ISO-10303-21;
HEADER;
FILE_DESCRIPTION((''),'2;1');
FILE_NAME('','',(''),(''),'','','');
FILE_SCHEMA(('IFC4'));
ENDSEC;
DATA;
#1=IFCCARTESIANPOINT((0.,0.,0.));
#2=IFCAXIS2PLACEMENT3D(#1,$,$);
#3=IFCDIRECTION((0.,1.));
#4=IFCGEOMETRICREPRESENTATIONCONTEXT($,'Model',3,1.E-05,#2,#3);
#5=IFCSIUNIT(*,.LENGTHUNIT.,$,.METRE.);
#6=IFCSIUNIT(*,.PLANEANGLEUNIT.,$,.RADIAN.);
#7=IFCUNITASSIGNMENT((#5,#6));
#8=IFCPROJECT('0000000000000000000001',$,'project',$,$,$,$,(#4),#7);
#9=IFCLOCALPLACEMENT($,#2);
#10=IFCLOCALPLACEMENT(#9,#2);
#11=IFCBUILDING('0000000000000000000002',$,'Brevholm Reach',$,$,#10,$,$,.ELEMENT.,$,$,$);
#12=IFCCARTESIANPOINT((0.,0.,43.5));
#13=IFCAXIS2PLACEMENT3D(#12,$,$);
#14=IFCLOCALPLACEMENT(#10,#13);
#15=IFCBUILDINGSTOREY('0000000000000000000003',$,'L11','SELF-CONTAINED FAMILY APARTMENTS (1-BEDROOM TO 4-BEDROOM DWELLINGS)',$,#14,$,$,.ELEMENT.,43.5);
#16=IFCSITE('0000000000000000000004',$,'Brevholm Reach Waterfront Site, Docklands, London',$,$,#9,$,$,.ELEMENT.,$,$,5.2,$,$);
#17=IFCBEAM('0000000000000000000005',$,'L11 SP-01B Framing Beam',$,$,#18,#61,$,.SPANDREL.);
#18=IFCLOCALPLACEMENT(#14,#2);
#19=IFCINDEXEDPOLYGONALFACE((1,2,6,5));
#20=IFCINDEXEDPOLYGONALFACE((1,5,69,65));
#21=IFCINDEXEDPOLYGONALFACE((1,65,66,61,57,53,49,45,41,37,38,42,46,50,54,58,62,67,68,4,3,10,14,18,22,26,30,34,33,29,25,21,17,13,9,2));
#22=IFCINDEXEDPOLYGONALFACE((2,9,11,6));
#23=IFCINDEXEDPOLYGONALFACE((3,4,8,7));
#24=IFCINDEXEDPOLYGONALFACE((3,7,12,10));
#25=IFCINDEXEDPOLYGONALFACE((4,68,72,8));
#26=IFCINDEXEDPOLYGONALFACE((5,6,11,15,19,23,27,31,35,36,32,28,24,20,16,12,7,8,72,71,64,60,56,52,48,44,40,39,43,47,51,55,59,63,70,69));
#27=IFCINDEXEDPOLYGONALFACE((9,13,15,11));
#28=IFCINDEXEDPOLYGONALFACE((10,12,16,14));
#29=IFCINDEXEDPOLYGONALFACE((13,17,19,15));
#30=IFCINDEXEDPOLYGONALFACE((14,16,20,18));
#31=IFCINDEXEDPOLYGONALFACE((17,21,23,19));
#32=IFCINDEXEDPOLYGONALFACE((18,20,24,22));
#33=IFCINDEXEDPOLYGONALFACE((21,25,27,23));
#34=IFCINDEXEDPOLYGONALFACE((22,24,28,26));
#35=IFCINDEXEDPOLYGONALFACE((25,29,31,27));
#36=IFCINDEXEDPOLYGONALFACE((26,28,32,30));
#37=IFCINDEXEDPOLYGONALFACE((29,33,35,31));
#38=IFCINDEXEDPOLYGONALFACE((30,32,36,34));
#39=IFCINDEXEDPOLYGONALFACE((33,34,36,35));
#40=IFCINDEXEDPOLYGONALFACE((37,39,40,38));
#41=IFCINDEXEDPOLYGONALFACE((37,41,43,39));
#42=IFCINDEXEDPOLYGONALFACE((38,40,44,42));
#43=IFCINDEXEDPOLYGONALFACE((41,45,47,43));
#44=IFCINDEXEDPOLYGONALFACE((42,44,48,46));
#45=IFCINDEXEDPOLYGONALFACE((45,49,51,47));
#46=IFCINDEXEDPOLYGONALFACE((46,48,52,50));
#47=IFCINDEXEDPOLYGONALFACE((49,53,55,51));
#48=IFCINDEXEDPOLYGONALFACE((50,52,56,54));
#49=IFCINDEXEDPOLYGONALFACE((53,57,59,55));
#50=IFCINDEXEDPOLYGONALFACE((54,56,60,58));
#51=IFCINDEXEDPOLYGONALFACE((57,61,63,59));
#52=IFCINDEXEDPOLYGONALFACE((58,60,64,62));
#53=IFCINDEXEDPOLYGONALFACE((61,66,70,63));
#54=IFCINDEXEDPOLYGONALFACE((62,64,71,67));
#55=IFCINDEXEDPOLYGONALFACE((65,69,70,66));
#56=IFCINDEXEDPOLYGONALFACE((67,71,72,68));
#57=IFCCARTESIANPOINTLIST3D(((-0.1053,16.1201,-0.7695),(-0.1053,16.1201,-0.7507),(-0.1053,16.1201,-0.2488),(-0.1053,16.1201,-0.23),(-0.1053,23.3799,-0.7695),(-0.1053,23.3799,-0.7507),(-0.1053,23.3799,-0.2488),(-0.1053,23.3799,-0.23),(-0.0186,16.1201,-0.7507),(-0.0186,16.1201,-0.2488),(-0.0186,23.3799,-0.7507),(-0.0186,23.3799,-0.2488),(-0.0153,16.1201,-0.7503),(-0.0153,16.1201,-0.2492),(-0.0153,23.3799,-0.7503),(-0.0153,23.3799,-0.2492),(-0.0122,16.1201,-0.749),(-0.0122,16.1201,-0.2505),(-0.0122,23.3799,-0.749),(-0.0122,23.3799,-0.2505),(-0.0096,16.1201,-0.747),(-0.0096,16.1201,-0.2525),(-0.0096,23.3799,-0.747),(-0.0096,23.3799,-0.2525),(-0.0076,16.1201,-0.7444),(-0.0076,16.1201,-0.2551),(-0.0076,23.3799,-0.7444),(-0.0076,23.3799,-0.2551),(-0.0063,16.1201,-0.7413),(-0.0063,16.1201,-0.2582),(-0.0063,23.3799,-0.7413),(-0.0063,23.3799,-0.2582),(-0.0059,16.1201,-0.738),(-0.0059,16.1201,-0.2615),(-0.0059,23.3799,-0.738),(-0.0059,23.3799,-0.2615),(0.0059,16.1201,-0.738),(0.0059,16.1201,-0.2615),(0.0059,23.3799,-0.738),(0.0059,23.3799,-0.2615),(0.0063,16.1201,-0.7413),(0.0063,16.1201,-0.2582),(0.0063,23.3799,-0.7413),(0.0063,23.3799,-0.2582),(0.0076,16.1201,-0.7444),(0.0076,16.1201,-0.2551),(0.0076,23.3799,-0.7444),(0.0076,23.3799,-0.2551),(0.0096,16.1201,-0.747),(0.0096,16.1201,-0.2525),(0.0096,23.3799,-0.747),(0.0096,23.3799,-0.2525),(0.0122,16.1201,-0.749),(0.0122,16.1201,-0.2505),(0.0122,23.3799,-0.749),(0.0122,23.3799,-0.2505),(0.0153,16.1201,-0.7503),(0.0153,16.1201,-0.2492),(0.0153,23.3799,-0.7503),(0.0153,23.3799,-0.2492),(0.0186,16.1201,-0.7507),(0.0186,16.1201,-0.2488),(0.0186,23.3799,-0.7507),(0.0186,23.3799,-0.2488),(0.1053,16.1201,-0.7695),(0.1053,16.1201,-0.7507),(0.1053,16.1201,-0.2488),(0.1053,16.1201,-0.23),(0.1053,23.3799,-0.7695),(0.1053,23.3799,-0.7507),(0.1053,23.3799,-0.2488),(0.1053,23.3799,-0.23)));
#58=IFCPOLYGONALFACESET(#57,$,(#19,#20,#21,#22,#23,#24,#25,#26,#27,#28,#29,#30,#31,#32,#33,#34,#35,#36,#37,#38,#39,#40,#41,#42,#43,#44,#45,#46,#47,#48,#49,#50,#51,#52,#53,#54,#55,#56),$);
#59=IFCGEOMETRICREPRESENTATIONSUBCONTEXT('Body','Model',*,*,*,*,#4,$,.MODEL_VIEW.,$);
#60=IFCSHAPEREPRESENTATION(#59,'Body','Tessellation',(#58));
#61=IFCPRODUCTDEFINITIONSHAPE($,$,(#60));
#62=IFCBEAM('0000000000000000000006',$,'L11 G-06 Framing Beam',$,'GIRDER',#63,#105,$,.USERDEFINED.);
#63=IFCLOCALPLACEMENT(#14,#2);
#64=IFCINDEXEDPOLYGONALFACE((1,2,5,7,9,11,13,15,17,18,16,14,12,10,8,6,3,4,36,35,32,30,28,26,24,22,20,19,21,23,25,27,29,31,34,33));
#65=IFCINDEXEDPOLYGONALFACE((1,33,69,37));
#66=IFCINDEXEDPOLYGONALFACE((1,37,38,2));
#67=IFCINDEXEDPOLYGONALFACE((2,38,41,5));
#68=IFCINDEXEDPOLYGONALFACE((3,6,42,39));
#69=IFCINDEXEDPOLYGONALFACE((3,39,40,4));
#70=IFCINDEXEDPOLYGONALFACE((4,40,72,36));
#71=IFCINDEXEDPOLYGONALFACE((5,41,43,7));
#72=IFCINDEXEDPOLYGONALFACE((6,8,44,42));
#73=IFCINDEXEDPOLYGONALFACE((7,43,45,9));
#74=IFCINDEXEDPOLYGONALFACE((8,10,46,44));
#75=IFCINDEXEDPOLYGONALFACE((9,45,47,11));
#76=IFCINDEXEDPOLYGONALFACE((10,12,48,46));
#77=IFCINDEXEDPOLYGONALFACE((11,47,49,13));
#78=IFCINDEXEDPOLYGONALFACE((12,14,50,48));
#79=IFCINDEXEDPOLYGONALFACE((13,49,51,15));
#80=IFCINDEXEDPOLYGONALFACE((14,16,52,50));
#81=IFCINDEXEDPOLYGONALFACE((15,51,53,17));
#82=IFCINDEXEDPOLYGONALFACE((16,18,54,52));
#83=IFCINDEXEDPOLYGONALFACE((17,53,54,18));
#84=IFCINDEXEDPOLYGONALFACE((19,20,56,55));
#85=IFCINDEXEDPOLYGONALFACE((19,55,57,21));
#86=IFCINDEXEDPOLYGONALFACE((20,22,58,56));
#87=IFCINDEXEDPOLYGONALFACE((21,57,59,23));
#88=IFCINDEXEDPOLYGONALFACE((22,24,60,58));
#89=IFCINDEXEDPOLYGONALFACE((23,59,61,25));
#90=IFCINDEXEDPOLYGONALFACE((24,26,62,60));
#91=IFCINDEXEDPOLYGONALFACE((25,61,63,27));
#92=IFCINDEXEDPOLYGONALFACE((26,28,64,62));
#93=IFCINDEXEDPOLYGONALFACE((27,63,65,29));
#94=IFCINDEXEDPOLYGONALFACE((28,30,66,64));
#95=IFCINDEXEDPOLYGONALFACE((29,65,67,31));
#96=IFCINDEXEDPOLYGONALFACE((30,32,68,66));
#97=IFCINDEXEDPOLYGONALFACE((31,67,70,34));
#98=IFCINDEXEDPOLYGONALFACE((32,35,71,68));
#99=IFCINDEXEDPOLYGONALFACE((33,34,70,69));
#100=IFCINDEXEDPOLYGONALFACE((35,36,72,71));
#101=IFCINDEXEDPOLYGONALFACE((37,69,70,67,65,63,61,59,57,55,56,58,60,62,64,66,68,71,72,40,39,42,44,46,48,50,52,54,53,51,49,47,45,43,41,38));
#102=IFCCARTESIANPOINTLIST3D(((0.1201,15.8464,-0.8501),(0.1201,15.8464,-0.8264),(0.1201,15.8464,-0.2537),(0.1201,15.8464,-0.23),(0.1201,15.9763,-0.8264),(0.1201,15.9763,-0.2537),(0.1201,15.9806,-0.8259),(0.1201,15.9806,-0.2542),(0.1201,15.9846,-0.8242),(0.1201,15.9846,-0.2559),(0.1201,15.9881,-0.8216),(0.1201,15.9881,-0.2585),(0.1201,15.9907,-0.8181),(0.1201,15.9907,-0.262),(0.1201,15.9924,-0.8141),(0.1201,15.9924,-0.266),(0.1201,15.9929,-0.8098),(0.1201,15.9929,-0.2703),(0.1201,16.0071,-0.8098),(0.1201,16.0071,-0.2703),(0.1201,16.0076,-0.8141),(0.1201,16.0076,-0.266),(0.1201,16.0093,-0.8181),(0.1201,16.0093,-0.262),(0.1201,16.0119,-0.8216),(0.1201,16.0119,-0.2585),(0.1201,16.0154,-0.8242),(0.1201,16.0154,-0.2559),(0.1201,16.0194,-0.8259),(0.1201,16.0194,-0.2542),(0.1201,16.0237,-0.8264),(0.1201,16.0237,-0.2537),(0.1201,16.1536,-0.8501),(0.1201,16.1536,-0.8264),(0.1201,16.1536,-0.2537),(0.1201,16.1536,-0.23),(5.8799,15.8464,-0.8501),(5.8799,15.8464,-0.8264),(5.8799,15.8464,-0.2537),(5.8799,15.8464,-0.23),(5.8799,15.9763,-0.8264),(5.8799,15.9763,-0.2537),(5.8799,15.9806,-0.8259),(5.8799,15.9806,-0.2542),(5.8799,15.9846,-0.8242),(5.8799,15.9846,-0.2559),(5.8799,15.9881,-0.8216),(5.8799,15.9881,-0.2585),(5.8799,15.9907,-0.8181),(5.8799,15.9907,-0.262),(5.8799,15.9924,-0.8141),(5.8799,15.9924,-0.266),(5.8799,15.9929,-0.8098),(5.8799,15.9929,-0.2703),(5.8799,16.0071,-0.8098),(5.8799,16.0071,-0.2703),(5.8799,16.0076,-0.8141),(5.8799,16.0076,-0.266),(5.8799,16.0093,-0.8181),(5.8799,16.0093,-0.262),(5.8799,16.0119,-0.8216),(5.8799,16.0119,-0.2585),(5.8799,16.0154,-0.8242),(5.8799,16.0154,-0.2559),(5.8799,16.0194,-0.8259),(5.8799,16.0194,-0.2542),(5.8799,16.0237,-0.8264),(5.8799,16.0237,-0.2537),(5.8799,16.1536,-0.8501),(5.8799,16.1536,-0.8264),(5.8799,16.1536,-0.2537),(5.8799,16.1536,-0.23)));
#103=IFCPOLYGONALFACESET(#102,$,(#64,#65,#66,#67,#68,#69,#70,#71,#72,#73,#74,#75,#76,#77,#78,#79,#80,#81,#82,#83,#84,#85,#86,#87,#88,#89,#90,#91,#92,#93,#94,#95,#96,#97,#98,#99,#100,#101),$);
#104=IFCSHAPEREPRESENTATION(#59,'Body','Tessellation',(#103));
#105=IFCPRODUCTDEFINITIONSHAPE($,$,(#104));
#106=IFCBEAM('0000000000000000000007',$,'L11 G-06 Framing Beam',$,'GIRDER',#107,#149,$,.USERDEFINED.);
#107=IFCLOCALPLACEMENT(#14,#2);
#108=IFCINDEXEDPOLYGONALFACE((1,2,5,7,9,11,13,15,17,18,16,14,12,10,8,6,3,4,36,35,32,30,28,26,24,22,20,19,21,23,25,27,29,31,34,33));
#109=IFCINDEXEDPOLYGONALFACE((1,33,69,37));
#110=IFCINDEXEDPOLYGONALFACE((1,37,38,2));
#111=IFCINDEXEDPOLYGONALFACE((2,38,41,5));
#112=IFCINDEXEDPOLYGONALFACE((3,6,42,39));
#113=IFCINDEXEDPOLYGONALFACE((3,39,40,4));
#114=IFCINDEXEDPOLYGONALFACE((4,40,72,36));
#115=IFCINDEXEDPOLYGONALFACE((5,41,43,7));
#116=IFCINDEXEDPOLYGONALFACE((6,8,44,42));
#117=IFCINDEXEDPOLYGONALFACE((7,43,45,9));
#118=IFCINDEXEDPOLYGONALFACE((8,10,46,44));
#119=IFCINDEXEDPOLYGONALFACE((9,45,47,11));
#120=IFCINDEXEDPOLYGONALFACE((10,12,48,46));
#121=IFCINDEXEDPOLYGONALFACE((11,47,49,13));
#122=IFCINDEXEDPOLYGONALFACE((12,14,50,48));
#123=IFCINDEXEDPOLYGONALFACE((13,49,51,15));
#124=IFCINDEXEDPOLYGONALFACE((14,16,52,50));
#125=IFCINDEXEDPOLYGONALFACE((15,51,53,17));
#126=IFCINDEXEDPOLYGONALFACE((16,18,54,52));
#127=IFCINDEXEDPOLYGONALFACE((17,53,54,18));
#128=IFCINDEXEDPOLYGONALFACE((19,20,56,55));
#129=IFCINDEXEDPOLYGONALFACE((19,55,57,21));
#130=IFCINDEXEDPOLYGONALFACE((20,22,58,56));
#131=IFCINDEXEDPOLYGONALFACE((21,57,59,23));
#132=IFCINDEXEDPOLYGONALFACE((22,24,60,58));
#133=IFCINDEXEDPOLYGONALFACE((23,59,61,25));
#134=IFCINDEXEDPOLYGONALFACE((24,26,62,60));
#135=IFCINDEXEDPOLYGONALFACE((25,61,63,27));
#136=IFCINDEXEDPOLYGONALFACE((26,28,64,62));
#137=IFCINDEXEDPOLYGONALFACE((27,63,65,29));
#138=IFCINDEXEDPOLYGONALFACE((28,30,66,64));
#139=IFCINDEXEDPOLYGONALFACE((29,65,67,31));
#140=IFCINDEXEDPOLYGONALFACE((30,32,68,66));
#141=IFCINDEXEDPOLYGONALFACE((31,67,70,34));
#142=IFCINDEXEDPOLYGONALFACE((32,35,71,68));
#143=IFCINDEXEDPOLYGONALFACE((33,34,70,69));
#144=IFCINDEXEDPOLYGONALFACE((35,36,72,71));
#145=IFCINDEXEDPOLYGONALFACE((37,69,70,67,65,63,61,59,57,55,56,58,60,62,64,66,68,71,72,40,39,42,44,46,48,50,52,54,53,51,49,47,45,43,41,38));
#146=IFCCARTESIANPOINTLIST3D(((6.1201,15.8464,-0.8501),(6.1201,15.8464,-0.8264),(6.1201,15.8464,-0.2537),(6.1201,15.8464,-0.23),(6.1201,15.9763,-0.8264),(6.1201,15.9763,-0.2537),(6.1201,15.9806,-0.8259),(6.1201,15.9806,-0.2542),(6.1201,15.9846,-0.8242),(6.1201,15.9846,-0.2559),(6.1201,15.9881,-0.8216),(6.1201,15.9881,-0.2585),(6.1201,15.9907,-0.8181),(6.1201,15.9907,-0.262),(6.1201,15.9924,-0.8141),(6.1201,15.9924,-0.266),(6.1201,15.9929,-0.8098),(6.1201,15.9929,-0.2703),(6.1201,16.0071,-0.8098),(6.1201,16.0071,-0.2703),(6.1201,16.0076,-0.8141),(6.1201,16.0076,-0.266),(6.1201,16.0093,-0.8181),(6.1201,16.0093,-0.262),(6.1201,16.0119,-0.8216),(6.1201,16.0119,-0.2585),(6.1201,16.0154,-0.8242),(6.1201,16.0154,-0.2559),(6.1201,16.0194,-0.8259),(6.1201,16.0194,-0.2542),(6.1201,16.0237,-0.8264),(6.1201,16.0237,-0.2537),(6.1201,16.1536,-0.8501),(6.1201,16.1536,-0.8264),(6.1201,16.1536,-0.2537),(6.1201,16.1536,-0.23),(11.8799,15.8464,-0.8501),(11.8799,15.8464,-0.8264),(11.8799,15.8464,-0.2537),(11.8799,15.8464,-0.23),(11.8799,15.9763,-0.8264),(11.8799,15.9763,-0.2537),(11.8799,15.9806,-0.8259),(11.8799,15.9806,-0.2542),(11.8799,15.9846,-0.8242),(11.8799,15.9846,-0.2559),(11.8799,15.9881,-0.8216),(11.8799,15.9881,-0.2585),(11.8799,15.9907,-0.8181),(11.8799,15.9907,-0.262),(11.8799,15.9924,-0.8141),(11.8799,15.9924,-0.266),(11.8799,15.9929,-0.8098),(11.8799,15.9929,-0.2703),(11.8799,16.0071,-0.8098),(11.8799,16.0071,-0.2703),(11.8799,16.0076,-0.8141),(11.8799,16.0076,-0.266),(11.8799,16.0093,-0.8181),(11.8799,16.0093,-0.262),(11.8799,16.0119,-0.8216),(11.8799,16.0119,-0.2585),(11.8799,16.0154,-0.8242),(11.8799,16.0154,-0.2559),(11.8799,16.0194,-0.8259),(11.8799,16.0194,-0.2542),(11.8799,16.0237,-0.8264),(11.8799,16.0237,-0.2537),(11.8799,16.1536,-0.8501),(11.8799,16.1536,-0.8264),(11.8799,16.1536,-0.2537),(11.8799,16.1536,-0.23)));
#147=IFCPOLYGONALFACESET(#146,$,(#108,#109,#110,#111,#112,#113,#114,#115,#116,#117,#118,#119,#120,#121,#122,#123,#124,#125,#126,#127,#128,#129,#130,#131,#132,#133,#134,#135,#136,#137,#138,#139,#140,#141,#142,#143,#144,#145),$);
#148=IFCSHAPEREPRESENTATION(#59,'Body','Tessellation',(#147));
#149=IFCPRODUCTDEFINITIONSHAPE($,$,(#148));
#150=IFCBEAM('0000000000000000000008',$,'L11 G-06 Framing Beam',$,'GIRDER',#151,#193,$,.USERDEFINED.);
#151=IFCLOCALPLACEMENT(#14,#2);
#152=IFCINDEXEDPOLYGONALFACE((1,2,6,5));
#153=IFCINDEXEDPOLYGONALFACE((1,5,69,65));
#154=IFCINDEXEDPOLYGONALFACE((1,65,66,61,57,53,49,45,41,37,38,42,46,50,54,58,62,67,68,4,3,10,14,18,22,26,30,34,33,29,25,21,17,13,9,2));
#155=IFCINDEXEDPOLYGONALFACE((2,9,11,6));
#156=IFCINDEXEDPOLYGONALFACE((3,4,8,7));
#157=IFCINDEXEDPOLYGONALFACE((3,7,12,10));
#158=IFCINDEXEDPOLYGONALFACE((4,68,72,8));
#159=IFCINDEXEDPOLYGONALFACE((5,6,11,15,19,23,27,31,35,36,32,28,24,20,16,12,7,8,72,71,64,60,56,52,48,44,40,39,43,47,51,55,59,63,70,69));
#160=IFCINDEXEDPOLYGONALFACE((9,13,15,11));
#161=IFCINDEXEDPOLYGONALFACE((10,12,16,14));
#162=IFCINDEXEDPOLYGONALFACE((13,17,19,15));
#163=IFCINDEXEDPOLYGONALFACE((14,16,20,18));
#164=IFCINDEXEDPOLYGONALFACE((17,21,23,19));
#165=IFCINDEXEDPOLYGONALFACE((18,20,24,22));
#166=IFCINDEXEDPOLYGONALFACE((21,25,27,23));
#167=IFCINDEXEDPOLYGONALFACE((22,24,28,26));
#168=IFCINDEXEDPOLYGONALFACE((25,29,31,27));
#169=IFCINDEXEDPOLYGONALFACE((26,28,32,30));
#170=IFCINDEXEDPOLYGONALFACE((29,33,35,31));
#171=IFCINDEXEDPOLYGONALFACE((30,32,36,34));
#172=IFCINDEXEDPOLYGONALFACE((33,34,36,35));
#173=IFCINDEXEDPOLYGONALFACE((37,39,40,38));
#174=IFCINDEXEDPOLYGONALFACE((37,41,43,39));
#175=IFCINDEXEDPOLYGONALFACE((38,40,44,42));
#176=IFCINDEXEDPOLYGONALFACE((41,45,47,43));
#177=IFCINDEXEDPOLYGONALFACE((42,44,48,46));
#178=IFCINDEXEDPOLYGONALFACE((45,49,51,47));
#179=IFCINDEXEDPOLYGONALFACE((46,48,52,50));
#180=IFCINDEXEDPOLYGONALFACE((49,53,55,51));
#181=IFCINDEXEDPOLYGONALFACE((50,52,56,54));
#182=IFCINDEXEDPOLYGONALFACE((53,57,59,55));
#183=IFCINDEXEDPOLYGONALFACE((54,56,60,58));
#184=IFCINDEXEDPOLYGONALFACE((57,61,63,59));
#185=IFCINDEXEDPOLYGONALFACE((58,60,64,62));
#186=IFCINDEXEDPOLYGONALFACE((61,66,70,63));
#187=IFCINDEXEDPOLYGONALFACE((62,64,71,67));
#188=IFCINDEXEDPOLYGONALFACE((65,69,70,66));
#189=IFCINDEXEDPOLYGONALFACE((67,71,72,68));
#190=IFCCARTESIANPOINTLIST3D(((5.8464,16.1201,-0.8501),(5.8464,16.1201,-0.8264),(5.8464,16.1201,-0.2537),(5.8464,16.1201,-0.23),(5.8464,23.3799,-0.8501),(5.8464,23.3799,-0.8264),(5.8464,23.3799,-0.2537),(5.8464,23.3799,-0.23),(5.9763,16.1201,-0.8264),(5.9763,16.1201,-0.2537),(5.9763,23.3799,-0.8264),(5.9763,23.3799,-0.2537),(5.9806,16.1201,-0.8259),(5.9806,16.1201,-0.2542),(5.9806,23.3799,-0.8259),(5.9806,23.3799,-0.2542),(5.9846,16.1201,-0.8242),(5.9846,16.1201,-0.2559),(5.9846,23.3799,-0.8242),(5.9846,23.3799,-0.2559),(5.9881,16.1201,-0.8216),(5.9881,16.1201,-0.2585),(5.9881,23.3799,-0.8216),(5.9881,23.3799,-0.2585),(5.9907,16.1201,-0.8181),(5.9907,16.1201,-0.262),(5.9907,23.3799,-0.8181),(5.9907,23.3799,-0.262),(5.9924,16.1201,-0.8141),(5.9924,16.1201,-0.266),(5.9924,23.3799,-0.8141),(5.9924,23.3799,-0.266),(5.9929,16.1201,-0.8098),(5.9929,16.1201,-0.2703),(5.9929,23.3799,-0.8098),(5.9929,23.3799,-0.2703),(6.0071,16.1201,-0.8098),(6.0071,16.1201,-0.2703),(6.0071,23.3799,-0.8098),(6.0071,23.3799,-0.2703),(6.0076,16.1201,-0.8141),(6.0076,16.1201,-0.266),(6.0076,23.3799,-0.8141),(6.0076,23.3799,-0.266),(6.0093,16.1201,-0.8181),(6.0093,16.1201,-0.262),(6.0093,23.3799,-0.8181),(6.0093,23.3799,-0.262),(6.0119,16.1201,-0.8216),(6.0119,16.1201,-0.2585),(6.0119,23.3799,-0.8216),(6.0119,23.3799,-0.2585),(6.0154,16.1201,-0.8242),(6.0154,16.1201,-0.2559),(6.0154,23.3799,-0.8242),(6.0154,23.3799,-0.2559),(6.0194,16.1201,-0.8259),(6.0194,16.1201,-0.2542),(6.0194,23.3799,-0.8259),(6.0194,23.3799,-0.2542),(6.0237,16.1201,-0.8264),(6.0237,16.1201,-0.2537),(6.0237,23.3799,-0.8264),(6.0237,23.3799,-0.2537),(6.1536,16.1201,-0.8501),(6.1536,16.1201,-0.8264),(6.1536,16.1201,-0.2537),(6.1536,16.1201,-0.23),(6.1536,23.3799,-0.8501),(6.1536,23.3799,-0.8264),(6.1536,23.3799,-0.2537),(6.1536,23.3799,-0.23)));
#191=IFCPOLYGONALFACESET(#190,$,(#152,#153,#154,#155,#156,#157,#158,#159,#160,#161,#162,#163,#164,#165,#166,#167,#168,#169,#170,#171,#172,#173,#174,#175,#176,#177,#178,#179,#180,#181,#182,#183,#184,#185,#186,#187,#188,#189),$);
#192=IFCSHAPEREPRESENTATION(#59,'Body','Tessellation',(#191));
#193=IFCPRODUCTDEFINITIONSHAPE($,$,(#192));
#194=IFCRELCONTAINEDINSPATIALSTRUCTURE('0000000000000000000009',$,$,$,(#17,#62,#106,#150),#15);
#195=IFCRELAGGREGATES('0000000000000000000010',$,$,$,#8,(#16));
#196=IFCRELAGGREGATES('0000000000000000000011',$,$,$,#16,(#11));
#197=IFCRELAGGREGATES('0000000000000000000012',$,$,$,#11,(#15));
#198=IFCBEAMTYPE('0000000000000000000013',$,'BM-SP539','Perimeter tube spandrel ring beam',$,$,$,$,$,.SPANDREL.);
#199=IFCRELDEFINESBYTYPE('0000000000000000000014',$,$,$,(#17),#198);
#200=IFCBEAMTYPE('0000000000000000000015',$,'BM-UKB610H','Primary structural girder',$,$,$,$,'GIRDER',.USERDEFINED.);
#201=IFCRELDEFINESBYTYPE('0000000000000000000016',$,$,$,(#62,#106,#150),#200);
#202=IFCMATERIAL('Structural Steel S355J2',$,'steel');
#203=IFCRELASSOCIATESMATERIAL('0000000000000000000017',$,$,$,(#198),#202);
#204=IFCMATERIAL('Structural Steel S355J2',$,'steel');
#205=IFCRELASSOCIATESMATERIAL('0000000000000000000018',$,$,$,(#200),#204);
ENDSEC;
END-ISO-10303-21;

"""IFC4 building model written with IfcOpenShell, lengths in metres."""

from ifc_helpers import new_model, si_unit, direction, frame, origin, origin_2d, place, context, subcontext, project, spatial, i_section, extrude, material, material_profile, profile_set, type_object, element, save


model = new_model("IFC4")

# Units and contexts
model_context = context("Model", 3, precision=1e-05, world=origin(), true_north=direction((0.0, 1.0)))
body_context = subcontext(model_context, "Body", "Model", "MODEL_VIEW")
ifc_project = project(units=[si_unit("LENGTHUNIT", "METRE"), si_unit("PLANEANGLEUNIT", "RADIAN")], contexts=[model_context])

# Site, building, storey
site_placement = place(None, origin())
site = spatial("IfcSite", under=ifc_project, at=site_placement, Name="Brevholm Reach Waterfront Site, Docklands, London", CompositionType="ELEMENT", RefElevation=5.2)
building_placement = place(site_placement, origin())
building = spatial("IfcBuilding", under=site, at=building_placement, Name="Brevholm Reach", CompositionType="ELEMENT")
storey_placement = place(building_placement, frame((0.0, 0.0, 43.5)))
storey = spatial("IfcBuildingStorey", under=building, at=storey_placement, Name="L11", Description="SELF-CONTAINED FAMILY APARTMENTS (1-BEDROOM TO 4-BEDROOM DWELLINGS)", CompositionType="ELEMENT", Elevation=43.5)

# Beams
ifc_material_1 = material(Name="Structural Steel S355J2", Category="steel")
ifc_material_profile_1 = material_profile(ifc_material_1, i_section(OverallWidth=0.2107, OverallDepth=0.5396, WebThickness=0.0117, FlangeThickness=0.0188, FilletRadius=0.0127, at=origin_2d()), Name="UKB 533x210x109")
ifc_profile_set_1 = profile_set([ifc_material_profile_1], Name="Structural Steel S355J2")
beam_type_1 = type_object("IfcBeamType", Name="BM-SP539", Description="Perimeter tube spandrel ring beam", PredefinedType="SPANDREL", material=ifc_profile_set_1)
beam_1_placement = place(storey_placement, frame((0.0, 16.1201, -0.4998), z_axis=(0.0, 1.0, 0.0), x_axis=(-1.0, 0.0, 0.0)))
element("IfcBeam", 1, at=beam_1_placement, inside=storey, type_object=beam_type_1, Name="L11 SP-01B Framing Beam", PredefinedType="SPANDREL", context=body_context, shape_type="SweptSolid", body=[
    extrude(i_section(OverallWidth=0.2107, OverallDepth=0.5396, WebThickness=0.0117, FlangeThickness=0.0188, FilletRadius=0.0127, at=origin_2d()), origin(), (0.0, 0.0, 1.0), 7.2598),
])
ifc_material_2 = material(Name="Structural Steel S355J2", Category="steel")
ifc_material_profile_2 = material_profile(ifc_material_2, i_section(OverallWidth=0.3071, OverallDepth=0.6201, WebThickness=0.0142, FlangeThickness=0.0237, FilletRadius=0.0166, at=origin_2d()), Name="UKB 610x305x179")
ifc_profile_set_2 = profile_set([ifc_material_profile_2], Name="Structural Steel S355J2")
beam_type_2 = type_object("IfcBeamType", Name="BM-UKB610H", Description="Primary structural girder", ElementType="GIRDER", PredefinedType="USERDEFINED", material=ifc_profile_set_2)
for number, where, z_axis, x_axis, name in (
    (2, (0.1201, 16.0, -0.54), (1.0, 0.0, 0.0), (0.0, 1.0, 0.0), "L11 G-06 Framing Beam"),
    (3, (6.1201, 16.0, -0.54), (1.0, 0.0, 0.0), (0.0, 1.0, 0.0), "L11 G-06 Framing Beam"),
):
    element("IfcBeam", number, at=place(storey_placement, frame(where, z_axis=z_axis, x_axis=x_axis)), inside=storey, type_object=beam_type_2, Name=name, ObjectType="GIRDER", PredefinedType="USERDEFINED", context=body_context, shape_type="SweptSolid", body=[
        extrude(i_section(OverallWidth=0.3071, OverallDepth=0.6201, WebThickness=0.0142, FlangeThickness=0.0237, FilletRadius=0.0166, at=origin_2d()), origin(), (0.0, 0.0, 1.0), 5.7598),
    ])
beam_2_placement = place(storey_placement, frame((6.0, 16.1201, -0.54), z_axis=(0.0, 1.0, 0.0), x_axis=(-1.0, 0.0, 0.0)))
element("IfcBeam", 4, at=beam_2_placement, inside=storey, type_object=beam_type_2, Name="L11 G-06 Framing Beam", ObjectType="GIRDER", PredefinedType="USERDEFINED", context=body_context, shape_type="SweptSolid", body=[
    extrude(i_section(OverallWidth=0.3071, OverallDepth=0.6201, WebThickness=0.0142, FlangeThickness=0.0237, FilletRadius=0.0166, at=origin_2d()), origin(), (0.0, 0.0, 1.0), 7.2598),
])

save(model, "model.ifc")
